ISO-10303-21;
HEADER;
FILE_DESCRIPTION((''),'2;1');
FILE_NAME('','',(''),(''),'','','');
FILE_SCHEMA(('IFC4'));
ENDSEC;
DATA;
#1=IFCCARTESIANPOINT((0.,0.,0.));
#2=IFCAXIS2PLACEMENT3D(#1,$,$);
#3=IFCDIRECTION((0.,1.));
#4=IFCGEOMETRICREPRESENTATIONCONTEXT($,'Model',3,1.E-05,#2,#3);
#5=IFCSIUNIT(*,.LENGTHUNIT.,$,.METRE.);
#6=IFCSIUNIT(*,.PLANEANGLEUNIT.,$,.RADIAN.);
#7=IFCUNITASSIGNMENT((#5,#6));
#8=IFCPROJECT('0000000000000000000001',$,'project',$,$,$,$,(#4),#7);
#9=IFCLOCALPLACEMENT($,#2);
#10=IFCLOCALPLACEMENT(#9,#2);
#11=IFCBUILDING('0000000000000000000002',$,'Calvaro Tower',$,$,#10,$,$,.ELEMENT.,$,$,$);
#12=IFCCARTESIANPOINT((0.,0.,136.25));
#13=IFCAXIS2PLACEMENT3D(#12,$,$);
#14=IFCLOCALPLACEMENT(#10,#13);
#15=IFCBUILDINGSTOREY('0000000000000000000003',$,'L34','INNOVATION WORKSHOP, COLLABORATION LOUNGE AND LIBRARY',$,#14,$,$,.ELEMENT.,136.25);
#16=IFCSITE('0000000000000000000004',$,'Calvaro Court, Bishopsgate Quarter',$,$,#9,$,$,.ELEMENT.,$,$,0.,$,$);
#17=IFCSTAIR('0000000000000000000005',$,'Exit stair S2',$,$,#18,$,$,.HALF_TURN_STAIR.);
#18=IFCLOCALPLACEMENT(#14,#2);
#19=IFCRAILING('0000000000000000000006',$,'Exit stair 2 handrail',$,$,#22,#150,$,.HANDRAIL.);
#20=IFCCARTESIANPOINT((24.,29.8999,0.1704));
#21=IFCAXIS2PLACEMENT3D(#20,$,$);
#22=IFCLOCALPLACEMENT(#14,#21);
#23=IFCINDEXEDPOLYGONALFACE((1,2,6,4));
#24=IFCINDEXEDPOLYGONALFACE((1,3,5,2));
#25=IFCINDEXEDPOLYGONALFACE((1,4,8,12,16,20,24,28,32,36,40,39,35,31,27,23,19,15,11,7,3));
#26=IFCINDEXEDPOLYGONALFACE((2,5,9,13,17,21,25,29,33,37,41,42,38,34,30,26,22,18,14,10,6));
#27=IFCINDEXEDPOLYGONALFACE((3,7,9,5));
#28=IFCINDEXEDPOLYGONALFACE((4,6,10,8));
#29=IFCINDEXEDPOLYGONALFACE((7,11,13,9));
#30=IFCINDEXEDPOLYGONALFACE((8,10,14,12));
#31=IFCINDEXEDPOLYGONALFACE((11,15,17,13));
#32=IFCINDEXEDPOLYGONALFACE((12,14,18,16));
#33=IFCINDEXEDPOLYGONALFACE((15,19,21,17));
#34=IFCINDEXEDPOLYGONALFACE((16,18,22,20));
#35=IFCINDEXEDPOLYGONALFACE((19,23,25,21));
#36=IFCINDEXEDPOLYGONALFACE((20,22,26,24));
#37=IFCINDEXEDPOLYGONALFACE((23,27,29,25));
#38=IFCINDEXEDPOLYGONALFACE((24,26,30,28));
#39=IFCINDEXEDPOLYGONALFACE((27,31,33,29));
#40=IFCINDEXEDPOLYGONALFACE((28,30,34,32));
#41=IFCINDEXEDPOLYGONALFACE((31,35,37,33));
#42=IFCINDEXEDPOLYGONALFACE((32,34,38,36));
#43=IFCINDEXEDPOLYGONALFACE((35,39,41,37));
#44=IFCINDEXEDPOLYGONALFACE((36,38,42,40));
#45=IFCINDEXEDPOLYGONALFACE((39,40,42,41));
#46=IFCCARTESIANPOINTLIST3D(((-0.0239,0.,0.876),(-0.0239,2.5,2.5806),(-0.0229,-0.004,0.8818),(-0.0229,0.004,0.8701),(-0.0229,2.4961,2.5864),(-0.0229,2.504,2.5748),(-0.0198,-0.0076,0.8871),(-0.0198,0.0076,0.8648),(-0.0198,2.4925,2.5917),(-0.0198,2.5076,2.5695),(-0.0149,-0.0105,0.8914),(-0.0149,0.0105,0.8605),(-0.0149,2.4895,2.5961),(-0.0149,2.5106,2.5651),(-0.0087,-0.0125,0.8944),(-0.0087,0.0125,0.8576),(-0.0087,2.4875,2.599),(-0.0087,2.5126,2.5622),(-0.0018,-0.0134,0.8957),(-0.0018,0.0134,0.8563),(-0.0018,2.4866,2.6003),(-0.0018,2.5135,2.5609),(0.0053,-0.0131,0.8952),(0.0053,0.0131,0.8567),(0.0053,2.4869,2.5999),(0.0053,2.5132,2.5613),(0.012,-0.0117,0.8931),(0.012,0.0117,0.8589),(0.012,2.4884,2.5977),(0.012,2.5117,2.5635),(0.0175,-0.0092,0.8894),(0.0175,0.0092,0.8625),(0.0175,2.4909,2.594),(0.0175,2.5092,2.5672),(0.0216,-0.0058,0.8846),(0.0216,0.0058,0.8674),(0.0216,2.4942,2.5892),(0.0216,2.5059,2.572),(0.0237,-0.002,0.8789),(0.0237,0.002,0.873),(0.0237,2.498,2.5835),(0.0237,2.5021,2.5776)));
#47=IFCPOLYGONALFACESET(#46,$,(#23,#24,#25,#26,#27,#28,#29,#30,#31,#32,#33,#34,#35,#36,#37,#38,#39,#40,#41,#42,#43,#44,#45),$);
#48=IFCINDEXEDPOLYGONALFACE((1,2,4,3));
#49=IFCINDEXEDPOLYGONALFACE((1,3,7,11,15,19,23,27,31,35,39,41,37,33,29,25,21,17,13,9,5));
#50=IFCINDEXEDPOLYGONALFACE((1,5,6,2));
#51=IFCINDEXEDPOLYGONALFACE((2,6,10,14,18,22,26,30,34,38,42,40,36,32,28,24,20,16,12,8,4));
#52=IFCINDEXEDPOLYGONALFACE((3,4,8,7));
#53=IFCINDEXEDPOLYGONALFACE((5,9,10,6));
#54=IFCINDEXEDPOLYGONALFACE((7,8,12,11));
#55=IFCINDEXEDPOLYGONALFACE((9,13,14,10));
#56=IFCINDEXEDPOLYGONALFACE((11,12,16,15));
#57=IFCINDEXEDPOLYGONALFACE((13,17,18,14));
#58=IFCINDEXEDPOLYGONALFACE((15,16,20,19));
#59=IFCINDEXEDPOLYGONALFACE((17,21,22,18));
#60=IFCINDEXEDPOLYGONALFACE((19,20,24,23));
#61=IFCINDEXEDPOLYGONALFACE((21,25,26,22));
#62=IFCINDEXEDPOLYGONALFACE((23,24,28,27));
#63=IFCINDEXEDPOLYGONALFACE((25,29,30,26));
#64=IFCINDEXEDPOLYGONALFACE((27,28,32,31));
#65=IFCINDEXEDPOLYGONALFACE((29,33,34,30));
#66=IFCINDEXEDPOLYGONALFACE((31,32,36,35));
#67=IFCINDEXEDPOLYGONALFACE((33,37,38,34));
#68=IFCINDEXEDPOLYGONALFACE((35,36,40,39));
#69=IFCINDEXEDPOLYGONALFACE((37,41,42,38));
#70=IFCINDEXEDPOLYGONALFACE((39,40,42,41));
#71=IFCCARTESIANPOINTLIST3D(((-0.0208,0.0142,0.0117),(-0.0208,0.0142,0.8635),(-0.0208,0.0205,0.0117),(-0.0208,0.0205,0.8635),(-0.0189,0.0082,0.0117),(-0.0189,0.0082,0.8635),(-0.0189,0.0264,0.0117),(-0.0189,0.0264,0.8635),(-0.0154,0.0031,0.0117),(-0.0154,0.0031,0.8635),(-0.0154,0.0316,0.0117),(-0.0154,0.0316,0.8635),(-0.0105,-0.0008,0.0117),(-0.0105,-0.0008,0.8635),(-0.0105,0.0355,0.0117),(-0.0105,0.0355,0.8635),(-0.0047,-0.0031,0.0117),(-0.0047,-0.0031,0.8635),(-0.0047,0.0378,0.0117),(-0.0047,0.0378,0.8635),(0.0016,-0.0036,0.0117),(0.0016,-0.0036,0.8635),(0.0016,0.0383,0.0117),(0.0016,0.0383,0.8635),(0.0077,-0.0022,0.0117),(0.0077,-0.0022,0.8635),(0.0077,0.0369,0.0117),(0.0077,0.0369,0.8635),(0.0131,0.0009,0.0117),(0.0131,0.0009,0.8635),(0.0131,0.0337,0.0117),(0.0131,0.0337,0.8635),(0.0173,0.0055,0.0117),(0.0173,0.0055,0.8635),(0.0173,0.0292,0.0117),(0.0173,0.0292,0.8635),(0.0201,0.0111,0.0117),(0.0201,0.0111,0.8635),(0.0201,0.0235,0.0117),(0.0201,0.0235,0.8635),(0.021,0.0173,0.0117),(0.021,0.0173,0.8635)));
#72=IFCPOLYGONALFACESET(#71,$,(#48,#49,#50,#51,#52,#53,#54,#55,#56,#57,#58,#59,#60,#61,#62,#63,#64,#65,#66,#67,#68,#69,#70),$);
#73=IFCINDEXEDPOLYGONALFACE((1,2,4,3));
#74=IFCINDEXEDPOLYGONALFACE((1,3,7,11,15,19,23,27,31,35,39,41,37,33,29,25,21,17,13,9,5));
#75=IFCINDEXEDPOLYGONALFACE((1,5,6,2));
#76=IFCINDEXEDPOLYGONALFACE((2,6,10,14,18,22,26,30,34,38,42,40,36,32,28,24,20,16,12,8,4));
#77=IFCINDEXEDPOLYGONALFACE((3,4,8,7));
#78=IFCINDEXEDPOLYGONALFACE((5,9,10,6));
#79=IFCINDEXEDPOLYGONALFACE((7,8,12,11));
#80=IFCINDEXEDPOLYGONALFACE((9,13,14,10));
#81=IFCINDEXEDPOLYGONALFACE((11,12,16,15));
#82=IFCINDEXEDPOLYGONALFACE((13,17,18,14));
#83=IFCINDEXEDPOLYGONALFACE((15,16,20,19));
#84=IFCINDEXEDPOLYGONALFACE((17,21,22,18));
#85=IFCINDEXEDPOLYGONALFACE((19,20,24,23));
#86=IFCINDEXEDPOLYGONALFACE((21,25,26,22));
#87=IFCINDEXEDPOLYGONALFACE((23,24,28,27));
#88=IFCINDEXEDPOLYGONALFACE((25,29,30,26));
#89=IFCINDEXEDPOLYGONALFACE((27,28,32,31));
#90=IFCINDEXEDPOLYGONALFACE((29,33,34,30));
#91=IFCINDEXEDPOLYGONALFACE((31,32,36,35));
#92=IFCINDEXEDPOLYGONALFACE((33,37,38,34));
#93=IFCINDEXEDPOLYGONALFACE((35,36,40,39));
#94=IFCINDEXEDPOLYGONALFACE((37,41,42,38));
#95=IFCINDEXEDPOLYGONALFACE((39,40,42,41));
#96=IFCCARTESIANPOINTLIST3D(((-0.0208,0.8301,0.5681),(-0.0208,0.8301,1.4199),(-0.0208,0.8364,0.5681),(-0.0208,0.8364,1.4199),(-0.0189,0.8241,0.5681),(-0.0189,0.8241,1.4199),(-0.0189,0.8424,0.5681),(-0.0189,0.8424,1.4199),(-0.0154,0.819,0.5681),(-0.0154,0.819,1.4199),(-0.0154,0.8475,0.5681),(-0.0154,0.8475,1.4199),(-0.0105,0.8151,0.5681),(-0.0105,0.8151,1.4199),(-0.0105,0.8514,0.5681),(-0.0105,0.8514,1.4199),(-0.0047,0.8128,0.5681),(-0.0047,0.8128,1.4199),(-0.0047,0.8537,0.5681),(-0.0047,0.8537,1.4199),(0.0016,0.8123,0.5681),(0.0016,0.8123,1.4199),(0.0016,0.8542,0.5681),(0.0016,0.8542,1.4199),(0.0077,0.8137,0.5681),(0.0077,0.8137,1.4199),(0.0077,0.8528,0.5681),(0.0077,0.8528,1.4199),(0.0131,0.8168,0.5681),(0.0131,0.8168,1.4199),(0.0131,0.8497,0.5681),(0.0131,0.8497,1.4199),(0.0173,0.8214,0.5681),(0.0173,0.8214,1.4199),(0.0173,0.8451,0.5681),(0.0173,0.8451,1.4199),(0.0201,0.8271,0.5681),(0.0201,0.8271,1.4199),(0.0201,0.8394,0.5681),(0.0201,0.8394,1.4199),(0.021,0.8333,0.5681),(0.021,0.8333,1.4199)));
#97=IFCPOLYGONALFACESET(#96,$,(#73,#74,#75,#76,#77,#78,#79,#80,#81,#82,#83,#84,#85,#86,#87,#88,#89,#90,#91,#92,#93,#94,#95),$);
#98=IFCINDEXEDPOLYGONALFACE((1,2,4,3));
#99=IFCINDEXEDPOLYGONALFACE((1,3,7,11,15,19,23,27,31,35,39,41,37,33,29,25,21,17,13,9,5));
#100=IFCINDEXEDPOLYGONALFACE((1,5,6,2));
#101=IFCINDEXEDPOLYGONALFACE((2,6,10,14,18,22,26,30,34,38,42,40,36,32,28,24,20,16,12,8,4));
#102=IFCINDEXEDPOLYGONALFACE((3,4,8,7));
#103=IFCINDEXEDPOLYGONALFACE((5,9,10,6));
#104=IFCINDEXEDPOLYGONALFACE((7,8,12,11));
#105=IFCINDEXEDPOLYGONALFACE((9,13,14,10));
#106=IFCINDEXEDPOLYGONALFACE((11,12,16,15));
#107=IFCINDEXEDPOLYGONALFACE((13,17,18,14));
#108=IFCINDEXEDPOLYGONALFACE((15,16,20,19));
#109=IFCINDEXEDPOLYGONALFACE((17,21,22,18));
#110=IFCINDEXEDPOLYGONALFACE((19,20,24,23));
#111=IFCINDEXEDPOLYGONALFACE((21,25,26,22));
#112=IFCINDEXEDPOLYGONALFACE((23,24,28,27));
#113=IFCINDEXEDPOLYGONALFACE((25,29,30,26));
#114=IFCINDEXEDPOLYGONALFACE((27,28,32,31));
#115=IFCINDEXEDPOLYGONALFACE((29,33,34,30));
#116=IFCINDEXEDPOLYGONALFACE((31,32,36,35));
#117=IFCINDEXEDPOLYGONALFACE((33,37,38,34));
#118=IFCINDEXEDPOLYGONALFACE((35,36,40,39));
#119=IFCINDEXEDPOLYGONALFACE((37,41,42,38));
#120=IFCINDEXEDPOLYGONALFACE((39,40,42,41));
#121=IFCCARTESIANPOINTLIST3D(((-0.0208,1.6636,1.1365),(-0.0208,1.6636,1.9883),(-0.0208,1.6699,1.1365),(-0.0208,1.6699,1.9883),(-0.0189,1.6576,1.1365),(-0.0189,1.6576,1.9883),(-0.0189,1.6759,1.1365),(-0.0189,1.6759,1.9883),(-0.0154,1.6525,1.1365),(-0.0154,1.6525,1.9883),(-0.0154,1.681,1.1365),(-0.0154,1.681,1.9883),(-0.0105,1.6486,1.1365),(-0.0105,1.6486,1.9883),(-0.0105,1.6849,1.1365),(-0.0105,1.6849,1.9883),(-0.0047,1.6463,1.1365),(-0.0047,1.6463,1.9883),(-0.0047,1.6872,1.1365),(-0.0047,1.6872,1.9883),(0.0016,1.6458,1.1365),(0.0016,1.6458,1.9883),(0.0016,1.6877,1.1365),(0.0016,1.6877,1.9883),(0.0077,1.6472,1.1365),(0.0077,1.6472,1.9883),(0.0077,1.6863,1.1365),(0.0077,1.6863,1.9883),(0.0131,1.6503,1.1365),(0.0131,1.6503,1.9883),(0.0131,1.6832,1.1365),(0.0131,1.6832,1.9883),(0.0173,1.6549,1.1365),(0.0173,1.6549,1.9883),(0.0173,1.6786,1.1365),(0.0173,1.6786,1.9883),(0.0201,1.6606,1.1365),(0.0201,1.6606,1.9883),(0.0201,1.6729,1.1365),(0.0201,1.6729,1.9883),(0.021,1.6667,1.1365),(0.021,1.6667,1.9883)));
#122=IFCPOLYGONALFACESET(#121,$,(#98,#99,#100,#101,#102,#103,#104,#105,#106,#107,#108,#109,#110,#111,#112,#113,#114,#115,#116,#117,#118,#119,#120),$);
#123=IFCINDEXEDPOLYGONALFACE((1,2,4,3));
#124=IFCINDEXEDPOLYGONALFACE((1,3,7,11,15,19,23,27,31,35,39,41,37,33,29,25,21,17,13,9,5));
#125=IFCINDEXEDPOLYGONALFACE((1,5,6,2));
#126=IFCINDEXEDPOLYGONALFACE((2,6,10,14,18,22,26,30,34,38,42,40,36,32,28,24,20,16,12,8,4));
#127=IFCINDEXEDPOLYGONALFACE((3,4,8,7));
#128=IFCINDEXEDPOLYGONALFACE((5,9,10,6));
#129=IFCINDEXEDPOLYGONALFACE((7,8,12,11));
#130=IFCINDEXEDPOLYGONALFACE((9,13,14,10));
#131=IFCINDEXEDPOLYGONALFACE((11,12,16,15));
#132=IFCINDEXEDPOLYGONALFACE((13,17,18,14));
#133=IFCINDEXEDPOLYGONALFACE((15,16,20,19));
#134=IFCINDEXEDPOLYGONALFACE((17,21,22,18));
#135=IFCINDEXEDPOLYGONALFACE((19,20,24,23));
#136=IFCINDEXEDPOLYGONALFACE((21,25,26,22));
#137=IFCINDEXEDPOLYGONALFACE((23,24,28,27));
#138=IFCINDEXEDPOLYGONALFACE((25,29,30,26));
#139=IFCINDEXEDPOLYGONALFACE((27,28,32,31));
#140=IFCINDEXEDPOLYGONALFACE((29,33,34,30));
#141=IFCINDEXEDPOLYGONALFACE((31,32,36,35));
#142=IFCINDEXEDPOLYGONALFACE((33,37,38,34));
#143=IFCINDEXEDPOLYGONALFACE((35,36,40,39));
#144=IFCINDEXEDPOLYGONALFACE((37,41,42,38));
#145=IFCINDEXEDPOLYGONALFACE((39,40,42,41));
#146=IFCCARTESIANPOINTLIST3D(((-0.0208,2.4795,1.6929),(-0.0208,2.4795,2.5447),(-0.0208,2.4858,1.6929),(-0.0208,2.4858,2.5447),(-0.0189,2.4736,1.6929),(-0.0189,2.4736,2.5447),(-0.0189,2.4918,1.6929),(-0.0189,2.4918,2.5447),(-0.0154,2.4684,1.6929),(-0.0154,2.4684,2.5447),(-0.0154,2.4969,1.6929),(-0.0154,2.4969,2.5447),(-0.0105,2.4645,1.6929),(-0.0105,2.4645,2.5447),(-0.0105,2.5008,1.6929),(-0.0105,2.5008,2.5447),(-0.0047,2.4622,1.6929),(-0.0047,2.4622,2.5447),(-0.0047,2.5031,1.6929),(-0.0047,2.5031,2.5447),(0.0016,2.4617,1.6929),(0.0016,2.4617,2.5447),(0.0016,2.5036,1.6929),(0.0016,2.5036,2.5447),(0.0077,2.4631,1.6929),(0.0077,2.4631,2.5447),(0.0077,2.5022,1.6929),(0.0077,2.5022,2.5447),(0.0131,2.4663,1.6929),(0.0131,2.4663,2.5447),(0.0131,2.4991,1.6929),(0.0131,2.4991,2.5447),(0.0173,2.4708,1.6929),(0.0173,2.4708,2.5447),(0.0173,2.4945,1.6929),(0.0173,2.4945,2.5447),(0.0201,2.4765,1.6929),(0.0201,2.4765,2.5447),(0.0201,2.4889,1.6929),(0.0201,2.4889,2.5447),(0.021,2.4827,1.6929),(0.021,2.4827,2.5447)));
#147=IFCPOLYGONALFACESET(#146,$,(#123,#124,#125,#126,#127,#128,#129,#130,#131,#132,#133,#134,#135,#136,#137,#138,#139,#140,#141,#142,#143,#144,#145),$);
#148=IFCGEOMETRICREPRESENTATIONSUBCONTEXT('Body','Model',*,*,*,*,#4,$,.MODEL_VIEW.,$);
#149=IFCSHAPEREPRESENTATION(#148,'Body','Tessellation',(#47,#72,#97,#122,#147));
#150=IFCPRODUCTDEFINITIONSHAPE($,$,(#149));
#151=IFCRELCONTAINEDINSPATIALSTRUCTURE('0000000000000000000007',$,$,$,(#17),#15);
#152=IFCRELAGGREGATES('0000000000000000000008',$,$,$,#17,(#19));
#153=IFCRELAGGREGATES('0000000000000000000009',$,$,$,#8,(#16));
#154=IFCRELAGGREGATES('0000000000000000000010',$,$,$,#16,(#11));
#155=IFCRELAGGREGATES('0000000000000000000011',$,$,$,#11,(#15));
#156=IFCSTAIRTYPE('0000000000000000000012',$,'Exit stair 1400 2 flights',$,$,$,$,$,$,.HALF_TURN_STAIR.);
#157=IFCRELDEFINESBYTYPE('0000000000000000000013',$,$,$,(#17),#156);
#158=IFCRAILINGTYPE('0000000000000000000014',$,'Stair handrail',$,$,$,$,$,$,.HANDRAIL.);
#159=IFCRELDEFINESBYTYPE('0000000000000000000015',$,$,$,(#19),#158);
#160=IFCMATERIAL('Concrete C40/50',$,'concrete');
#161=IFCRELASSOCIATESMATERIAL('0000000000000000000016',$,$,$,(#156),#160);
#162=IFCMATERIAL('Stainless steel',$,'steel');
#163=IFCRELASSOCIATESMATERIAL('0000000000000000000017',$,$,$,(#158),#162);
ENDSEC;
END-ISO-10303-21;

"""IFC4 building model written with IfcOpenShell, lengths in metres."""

from ifc_helpers import new_model, si_unit, direction, frame, origin, origin_2d, place, context, subcontext, project, spatial, circle, extrude, material, type_object, element, aggregate, save


model = new_model("IFC4")

# Units and contexts
model_context = context("Model", 3, precision=1e-05, world=origin(), true_north=direction((0.0, 1.0)))
body_context = subcontext(model_context, "Body", "Model", "MODEL_VIEW")
ifc_project = project(units=[si_unit("LENGTHUNIT", "METRE"), si_unit("PLANEANGLEUNIT", "RADIAN")], contexts=[model_context])

# Site, building, storey
site_placement = place(None, origin())
site = spatial("IfcSite", under=ifc_project, at=site_placement, Name="Calvaro Court, Bishopsgate Quarter", CompositionType="ELEMENT", RefElevation=0.0)
building_placement = place(site_placement, origin())
building = spatial("IfcBuilding", under=site, at=building_placement, Name="Calvaro Tower", CompositionType="ELEMENT")
storey_placement = place(building_placement, frame((0.0, 0.0, 136.25)))
storey = spatial("IfcBuildingStorey", under=building, at=storey_placement, Name="L34", Description="INNOVATION WORKSHOP, COLLABORATION LOUNGE AND LIBRARY", CompositionType="ELEMENT", Elevation=136.25)

# Stair
ifc_material_1 = material(Name="Concrete C40/50", Category="concrete")
stair_type = type_object("IfcStairType", Name="Exit stair 1400 2 flights", PredefinedType="HALF_TURN_STAIR", material=ifc_material_1)
stair_1_placement = place(storey_placement, origin())
stair_1 = element("IfcStair", 1, at=stair_1_placement, inside=storey, type_object=stair_type, Name="Exit stair S2", PredefinedType="HALF_TURN_STAIR")

# Shared definitions
ifc_material_2 = material(Name="Stainless steel", Category="steel")
railing_type = type_object("IfcRailingType", Name="Stair handrail", PredefinedType="HANDRAIL", material=ifc_material_2)

# Railing
railing_1_placement = place(storey_placement, frame((24.0, 29.8999, 0.1704)))
railing_1 = element("IfcRailing", 2, at=railing_1_placement, type_object=railing_type, Name="Exit stair 2 handrail", PredefinedType="HANDRAIL", context=body_context, shape_type="SweptSolid", body=[
    extrude(circle(Radius=0.0239, at=origin_2d()), frame((0.0, 0.0, 0.876), z_axis=(0.0, 0.826221, 0.563347), x_axis=(-1.0, 0.0, 0.0)), (0.0, 0.0, 1.0), 3.0259),
    extrude(circle(Radius=0.021, at=origin_2d()), frame((0.0, 0.0173, 0.0117)), (0.0, 0.0, 1.0), 0.8518),
    extrude(circle(Radius=0.021, at=origin_2d()), frame((0.0, 0.8333, 0.5681)), (0.0, 0.0, 1.0), 0.8518),
    extrude(circle(Radius=0.021, at=origin_2d()), frame((0.0, 1.6667, 1.1365)), (0.0, 0.0, 1.0), 0.8518),
    extrude(circle(Radius=0.021, at=origin_2d()), frame((0.0, 2.4827, 1.6929)), (0.0, 0.0, 1.0), 0.8518),
])
aggregate(stair_1, [railing_1])

save(model, "model.ifc")
